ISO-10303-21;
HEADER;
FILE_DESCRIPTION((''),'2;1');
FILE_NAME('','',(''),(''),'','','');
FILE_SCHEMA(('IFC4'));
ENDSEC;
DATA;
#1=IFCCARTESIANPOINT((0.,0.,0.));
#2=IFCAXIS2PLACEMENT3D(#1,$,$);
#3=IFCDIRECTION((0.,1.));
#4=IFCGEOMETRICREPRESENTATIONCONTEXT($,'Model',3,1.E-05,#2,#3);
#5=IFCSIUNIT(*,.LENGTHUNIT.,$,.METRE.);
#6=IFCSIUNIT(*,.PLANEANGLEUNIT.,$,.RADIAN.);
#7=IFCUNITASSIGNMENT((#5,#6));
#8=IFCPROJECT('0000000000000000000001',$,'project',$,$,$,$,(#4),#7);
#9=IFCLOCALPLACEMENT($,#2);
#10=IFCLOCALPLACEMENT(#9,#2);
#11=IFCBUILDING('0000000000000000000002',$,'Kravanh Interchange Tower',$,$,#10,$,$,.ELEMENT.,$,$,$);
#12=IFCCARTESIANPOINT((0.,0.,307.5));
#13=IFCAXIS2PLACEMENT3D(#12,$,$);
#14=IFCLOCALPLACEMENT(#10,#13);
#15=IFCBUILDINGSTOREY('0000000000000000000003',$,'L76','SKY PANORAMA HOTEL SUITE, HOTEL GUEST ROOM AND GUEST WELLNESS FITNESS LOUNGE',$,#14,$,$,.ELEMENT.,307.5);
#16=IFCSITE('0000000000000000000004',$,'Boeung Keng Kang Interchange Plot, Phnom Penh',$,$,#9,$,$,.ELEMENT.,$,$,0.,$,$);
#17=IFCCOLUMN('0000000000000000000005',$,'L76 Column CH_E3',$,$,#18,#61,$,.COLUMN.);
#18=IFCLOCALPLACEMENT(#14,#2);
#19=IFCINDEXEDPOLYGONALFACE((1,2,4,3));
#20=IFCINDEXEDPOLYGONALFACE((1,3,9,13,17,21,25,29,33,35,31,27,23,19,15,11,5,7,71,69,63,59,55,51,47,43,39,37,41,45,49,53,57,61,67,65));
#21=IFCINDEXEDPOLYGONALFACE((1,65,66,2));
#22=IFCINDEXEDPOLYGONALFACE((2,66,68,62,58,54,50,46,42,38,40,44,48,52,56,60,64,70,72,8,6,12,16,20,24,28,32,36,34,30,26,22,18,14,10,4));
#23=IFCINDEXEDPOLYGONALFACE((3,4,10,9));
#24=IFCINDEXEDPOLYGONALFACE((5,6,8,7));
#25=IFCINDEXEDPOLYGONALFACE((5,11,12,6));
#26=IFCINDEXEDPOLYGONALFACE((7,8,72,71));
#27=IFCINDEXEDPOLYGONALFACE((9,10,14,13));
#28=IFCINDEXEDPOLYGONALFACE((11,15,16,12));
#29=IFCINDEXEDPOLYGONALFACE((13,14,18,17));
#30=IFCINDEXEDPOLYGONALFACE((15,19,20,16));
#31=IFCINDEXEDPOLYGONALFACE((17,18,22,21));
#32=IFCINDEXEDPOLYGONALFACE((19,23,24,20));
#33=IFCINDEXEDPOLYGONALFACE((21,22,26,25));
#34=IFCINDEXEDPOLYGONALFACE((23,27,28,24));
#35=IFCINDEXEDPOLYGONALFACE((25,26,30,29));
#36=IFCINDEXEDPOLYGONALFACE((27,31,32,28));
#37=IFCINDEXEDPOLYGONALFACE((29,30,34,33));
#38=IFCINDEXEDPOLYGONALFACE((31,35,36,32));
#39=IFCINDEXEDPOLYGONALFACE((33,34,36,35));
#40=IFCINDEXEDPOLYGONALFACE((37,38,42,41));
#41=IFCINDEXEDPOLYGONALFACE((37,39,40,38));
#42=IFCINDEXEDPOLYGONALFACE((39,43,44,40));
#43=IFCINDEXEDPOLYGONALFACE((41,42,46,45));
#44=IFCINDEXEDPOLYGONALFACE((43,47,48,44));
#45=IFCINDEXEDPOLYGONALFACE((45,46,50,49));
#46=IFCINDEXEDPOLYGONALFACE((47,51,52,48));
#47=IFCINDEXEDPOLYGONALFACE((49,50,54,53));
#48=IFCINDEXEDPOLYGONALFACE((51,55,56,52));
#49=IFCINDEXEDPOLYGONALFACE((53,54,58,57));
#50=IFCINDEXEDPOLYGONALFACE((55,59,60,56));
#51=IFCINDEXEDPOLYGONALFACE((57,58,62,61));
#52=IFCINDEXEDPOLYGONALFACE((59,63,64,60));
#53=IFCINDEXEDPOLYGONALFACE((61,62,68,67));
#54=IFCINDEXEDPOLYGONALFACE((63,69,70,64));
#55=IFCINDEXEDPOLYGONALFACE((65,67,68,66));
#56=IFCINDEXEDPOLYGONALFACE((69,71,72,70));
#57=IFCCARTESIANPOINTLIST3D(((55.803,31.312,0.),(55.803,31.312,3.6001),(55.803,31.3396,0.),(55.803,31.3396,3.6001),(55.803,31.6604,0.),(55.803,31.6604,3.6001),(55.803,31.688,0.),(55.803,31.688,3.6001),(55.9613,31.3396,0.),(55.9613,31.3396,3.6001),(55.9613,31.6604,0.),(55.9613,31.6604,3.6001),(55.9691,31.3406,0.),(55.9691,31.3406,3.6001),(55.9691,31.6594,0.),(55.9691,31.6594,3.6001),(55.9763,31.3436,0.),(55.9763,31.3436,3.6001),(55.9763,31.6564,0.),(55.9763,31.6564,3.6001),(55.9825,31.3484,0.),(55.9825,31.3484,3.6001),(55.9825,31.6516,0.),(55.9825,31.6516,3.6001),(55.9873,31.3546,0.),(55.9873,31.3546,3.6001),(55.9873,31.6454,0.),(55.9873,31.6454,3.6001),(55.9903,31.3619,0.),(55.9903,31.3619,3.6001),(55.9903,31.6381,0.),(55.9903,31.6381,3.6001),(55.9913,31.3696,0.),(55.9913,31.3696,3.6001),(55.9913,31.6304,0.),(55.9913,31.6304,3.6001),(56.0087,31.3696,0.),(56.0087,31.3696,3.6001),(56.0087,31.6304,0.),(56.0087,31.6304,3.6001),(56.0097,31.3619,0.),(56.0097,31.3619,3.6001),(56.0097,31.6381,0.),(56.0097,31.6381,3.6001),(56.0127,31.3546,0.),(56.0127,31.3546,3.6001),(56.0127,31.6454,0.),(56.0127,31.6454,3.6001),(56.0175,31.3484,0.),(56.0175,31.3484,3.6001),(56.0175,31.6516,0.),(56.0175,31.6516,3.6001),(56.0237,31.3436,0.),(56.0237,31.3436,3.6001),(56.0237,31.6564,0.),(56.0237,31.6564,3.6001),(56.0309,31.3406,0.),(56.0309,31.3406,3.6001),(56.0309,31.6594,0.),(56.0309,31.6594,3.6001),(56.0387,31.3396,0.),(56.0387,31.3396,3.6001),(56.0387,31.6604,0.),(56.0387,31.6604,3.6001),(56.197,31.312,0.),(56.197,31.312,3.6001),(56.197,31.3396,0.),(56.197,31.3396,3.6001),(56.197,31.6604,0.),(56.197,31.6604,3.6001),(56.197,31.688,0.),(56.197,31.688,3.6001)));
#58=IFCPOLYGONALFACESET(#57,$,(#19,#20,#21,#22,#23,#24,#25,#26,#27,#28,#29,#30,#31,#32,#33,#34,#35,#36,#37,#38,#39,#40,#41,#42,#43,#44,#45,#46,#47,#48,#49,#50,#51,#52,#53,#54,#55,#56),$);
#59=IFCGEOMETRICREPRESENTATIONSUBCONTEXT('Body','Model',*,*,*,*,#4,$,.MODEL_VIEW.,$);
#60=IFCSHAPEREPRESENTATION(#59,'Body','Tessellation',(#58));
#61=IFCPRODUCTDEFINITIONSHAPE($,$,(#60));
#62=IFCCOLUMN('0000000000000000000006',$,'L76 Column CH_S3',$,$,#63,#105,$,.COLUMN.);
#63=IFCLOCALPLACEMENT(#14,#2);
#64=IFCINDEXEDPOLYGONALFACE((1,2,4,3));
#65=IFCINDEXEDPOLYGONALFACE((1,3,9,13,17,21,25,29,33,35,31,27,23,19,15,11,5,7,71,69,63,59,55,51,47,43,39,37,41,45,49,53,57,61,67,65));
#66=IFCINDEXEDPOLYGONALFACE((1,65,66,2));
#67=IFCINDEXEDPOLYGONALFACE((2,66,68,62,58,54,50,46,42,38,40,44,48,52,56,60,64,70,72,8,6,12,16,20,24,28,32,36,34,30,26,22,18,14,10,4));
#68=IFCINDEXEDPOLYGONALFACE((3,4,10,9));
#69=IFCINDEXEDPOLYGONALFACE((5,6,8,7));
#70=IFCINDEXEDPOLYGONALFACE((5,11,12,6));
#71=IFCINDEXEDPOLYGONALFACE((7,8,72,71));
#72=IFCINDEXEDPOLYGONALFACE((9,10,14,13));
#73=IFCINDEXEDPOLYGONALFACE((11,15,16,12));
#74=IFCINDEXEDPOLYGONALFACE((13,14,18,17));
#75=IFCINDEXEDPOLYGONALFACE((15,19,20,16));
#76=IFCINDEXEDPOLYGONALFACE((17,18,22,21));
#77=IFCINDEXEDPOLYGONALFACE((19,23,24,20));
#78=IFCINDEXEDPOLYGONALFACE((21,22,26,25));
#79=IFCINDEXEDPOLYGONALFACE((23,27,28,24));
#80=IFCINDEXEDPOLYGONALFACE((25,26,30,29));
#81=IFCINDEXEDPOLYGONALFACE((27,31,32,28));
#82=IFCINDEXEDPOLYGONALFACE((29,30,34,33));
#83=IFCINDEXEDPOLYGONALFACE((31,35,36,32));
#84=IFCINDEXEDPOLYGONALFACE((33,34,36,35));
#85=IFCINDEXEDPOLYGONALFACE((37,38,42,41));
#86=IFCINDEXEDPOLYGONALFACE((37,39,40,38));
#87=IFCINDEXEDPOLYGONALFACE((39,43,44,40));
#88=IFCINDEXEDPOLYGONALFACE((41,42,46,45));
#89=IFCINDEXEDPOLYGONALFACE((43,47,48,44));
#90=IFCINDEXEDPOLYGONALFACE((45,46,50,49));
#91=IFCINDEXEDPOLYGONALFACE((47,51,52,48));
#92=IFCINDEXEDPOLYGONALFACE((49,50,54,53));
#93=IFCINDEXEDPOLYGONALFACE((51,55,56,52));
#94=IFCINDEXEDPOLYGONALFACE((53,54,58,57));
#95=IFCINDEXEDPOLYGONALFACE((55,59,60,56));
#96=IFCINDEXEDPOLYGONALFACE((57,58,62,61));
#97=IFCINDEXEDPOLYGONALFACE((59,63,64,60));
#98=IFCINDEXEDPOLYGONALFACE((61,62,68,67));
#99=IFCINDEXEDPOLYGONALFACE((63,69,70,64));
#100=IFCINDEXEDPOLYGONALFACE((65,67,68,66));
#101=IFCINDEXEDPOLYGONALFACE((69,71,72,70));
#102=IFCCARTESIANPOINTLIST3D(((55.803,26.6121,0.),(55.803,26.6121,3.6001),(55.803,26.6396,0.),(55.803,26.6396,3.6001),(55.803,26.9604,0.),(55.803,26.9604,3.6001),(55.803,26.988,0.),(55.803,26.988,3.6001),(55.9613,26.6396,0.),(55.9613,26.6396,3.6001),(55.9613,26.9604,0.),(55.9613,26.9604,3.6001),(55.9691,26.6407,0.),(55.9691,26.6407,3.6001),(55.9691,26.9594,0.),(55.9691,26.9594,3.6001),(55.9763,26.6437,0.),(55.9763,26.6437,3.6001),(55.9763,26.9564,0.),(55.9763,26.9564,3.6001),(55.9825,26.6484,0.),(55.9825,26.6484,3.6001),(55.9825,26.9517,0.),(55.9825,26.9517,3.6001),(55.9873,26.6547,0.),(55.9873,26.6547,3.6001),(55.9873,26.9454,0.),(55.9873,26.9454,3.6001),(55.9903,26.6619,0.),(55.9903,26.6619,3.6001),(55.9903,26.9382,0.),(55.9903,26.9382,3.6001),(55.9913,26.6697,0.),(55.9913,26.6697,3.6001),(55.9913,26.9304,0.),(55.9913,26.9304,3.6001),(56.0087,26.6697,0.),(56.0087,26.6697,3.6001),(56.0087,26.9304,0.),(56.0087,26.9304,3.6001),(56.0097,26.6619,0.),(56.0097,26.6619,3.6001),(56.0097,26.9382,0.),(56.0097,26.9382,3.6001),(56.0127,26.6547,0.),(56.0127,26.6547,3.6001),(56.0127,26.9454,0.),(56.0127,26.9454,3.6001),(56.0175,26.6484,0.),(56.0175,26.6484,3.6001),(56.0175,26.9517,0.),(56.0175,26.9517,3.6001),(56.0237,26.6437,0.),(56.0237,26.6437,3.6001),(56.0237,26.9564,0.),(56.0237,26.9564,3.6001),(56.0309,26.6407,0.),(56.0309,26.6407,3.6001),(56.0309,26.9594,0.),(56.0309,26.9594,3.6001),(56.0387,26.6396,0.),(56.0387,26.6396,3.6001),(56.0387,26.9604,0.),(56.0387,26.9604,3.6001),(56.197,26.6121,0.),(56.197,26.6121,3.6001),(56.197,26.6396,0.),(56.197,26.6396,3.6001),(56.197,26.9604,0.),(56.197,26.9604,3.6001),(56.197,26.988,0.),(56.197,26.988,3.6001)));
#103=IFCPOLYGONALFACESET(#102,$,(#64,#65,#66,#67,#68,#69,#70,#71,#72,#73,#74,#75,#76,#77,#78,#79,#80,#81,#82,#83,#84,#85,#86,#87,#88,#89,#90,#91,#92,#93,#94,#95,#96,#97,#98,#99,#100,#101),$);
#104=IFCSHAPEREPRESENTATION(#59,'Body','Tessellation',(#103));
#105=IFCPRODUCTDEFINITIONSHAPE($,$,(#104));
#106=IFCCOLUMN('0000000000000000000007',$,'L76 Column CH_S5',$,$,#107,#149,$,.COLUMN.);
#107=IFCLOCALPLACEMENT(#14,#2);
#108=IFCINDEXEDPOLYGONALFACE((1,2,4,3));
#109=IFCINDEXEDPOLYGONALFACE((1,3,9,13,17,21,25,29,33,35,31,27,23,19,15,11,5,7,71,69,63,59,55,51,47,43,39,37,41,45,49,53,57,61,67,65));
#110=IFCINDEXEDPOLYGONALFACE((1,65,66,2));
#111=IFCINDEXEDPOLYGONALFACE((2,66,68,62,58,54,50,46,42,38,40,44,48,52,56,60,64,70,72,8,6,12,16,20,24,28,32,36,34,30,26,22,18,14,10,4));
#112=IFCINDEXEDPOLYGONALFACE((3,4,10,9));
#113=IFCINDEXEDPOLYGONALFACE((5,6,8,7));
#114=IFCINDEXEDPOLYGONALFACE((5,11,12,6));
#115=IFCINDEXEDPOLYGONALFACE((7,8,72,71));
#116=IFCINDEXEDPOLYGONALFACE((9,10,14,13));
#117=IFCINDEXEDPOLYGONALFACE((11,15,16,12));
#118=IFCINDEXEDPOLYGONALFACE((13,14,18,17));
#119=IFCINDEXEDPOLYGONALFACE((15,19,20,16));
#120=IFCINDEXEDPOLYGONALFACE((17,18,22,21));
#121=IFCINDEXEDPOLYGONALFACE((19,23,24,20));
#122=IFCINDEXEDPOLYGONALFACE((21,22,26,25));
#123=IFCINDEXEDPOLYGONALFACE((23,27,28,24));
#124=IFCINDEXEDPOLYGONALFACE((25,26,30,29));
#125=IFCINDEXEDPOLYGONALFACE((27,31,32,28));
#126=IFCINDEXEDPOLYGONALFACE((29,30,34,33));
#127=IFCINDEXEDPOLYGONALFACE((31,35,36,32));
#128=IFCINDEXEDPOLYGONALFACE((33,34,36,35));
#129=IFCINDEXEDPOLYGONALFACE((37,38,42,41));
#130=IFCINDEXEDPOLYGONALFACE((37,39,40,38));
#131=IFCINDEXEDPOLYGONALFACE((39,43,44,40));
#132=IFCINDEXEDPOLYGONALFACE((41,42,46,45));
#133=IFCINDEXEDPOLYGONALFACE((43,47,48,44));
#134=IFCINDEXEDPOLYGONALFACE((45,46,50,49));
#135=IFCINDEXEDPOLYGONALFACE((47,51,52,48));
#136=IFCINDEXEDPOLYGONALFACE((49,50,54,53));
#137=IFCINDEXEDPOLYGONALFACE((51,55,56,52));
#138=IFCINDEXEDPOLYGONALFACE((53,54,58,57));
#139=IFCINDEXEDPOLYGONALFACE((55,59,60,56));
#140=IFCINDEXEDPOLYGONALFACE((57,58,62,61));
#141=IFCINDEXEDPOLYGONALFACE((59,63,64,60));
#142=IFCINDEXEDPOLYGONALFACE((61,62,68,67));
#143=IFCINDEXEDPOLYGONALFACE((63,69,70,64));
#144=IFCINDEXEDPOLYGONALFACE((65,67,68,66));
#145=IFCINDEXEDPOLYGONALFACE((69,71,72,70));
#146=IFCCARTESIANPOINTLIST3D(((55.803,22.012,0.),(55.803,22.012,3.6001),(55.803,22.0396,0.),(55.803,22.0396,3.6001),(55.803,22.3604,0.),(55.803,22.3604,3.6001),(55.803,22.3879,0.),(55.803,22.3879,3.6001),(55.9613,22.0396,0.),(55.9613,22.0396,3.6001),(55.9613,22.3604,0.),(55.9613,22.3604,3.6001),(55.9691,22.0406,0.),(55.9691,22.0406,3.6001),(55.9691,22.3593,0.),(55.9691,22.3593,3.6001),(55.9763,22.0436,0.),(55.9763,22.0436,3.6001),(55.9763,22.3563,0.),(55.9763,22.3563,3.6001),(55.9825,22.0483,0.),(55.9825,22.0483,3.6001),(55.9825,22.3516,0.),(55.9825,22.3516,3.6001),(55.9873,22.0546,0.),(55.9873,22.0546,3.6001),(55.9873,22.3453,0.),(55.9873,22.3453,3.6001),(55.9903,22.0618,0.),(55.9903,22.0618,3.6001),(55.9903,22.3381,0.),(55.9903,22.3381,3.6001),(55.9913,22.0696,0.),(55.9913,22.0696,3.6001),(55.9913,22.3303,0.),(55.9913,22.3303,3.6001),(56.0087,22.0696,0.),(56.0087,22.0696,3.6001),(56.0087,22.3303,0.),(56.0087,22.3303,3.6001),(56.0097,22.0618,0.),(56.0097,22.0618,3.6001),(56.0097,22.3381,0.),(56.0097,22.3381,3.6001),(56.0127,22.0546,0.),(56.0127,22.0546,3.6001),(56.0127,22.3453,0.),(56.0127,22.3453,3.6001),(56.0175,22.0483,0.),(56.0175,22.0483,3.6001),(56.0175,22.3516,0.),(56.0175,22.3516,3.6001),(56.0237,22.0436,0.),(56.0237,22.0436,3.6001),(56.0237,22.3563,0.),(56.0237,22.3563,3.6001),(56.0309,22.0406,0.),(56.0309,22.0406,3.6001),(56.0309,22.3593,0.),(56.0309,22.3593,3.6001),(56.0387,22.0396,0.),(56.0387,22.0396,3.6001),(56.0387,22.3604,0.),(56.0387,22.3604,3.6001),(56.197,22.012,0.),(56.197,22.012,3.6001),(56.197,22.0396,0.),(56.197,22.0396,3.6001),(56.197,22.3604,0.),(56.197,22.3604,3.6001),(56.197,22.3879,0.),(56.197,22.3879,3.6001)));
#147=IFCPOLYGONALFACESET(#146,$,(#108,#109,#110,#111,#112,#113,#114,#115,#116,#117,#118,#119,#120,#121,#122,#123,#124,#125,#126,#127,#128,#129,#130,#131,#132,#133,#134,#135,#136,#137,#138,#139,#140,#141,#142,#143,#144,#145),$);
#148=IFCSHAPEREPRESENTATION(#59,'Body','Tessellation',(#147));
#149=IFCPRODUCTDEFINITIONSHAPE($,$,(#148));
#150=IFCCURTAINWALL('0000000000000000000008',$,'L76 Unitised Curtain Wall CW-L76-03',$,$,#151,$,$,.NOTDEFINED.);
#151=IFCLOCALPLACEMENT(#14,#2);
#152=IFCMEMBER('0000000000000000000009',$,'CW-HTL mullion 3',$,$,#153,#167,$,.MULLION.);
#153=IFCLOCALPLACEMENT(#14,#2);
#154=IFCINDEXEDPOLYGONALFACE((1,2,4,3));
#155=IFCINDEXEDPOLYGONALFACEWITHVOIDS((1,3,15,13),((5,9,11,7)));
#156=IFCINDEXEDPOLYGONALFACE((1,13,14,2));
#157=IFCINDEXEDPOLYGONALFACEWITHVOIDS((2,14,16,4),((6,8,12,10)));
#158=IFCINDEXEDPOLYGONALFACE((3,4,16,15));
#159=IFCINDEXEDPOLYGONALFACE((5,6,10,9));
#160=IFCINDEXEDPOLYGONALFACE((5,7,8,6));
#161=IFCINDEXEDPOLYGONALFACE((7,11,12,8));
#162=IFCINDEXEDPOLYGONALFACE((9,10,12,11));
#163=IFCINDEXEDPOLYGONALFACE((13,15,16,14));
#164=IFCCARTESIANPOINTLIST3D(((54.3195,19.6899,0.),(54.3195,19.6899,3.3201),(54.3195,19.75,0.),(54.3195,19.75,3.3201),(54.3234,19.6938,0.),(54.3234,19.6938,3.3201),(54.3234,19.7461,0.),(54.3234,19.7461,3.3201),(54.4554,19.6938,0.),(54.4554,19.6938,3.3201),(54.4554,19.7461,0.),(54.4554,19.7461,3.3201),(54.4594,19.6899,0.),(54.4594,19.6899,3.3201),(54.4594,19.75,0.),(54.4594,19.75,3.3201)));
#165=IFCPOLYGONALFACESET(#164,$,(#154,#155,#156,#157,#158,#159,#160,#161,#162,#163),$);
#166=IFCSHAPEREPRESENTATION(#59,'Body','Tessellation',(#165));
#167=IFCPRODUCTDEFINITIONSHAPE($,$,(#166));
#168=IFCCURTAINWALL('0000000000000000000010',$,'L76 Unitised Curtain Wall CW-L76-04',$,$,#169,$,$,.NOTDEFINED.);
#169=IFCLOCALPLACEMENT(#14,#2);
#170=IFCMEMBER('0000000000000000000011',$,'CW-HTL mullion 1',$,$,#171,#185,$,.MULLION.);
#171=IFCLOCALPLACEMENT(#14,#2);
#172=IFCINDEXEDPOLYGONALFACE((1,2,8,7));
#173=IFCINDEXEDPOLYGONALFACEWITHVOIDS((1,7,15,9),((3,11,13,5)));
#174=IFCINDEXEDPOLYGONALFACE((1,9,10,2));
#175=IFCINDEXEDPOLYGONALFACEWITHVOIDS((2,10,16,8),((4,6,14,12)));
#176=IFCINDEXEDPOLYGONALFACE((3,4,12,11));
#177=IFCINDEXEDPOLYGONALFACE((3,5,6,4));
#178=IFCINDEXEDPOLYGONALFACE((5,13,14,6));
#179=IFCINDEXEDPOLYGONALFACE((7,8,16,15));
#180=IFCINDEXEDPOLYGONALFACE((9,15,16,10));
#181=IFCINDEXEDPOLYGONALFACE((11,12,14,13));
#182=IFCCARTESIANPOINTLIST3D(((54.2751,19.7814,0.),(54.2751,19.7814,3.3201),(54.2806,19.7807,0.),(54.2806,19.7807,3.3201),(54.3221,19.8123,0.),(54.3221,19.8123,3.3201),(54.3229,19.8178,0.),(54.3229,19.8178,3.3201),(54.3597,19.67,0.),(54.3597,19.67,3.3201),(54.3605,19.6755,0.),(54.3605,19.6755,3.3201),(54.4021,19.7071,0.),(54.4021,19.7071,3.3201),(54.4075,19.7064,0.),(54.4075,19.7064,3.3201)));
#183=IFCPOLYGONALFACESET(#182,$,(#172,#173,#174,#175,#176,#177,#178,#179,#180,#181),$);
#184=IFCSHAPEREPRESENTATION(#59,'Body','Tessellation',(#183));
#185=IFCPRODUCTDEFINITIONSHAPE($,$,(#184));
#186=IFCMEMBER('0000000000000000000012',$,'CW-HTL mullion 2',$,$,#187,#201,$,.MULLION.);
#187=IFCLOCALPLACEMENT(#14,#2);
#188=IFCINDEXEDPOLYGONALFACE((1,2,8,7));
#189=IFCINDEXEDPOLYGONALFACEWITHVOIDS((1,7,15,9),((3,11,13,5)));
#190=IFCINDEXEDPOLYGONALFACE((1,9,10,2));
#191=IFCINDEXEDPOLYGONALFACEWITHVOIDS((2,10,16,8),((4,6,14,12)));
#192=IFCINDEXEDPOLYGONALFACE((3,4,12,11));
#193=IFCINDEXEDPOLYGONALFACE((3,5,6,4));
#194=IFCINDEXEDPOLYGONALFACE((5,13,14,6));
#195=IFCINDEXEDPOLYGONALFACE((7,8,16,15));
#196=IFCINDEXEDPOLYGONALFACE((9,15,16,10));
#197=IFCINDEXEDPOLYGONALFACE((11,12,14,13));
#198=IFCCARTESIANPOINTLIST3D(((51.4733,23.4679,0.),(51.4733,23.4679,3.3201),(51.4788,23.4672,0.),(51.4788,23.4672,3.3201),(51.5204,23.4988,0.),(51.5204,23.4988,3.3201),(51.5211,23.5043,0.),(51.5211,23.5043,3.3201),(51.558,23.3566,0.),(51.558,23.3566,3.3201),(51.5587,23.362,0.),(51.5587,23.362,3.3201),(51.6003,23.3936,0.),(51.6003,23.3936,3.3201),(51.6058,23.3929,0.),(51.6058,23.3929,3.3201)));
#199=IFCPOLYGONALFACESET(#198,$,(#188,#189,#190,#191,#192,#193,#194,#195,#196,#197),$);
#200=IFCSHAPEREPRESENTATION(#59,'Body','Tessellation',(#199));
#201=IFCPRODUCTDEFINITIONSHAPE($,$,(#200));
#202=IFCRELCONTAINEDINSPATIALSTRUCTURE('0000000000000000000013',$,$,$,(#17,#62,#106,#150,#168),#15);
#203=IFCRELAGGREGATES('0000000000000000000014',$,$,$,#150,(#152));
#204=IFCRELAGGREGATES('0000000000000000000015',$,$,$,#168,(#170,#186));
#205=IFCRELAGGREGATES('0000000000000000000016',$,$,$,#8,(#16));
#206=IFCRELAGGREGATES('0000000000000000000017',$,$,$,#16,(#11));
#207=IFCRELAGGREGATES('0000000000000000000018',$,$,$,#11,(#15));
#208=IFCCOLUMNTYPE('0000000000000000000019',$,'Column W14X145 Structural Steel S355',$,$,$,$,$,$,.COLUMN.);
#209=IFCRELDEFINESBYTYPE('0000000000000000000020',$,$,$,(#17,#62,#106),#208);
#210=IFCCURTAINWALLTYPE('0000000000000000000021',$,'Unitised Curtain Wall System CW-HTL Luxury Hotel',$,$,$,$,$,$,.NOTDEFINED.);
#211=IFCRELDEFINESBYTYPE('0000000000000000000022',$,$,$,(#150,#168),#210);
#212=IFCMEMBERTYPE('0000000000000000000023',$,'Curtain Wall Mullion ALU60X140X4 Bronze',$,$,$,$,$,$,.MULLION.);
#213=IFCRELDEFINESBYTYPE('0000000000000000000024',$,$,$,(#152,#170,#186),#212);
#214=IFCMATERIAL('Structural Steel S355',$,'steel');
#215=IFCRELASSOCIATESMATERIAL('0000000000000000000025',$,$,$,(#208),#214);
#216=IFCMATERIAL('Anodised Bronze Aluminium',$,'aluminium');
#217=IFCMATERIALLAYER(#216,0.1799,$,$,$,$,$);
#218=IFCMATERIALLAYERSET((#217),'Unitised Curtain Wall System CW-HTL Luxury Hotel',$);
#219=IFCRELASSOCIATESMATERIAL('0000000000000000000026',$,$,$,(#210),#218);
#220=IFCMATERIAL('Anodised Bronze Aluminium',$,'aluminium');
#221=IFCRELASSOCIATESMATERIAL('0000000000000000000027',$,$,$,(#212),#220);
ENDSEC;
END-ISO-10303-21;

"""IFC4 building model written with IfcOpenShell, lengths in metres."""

from ifc_helpers import new_model, si_unit, direction, frame, origin, origin_2d, place, context, subcontext, project, spatial, hollow_rectangle, i_section, extrude, material, layer, layer_set, material_profile, profile_set, type_object, element, aggregate, save


model = new_model("IFC4")

# Units and contexts
model_context = context("Model", 3, precision=1e-05, world=origin(), true_north=direction((0.0, 1.0)))
body_context = subcontext(model_context, "Body", "Model", "MODEL_VIEW")
ifc_project = project(units=[si_unit("LENGTHUNIT", "METRE"), si_unit("PLANEANGLEUNIT", "RADIAN")], contexts=[model_context])

# Site, building, storey
site_placement = place(None, origin())
site = spatial("IfcSite", under=ifc_project, at=site_placement, Name="Boeung Keng Kang Interchange Plot, Phnom Penh", CompositionType="ELEMENT", RefElevation=0.0)
building_placement = place(site_placement, origin())
building = spatial("IfcBuilding", under=site, at=building_placement, Name="Kravanh Interchange Tower", CompositionType="ELEMENT")
storey_placement = place(building_placement, frame((0.0, 0.0, 307.5)))
storey = spatial("IfcBuildingStorey", under=building, at=storey_placement, Name="L76", Description="SKY PANORAMA HOTEL SUITE, HOTEL GUEST ROOM AND GUEST WELLNESS FITNESS LOUNGE", CompositionType="ELEMENT", Elevation=307.5)

# Columns
ifc_material_1 = material(Name="Structural Steel S355", Category="steel")
ifc_material_profile_1 = material_profile(ifc_material_1, i_section(OverallWidth=0.394, OverallDepth=0.376, WebThickness=0.0173, FlangeThickness=0.0276, FilletRadius=0.03, at=origin_2d()), Name="W14X145")
ifc_profile_set_1 = profile_set([ifc_material_profile_1], Name="Structural Steel S355")
column_type = type_object("IfcColumnType", Name="Column W14X145 Structural Steel S355", PredefinedType="COLUMN", material=ifc_profile_set_1)
for number, where, z_axis, x_axis, name in (
    (1, (56.0, 31.5, 0.0), (0.0, 0.0, 1.0), (1.0, 0.0, 0.0), "L76 Column CH_E3"),
    (2, (56.0, 26.8, 0.0), (0.0, 0.0, 1.0), (1.0, 0.0, 0.0), "L76 Column CH_S3"),
    (3, (56.0, 22.2, 0.0), (0.0, 0.0, 1.0), (1.0, 0.0, 0.0), "L76 Column CH_S5"),
):
    element("IfcColumn", number, at=place(storey_placement, frame(where, z_axis=z_axis, x_axis=x_axis)), inside=storey, type_object=column_type, Name=name, PredefinedType="COLUMN", context=body_context, shape_type="SweptSolid", body=[
        extrude(i_section(OverallWidth=0.394, OverallDepth=0.376, WebThickness=0.0173, FlangeThickness=0.0276, FilletRadius=0.03, at=origin_2d()), origin(), (0.0, 0.0, 1.0), 3.6001),
    ])

# Curtain wall, member
ifc_material_2 = material(Name="Anodised Bronze Aluminium", Category="aluminium")
ifc_layer_1 = layer(ifc_material_2, 0.1799)
ifc_layer_set_1 = layer_set([ifc_layer_1], Name="Unitised Curtain Wall System CW-HTL Luxury Hotel")
curtain_wall_type = type_object("IfcCurtainWallType", Name="Unitised Curtain Wall System CW-HTL Luxury Hotel", PredefinedType="NOTDEFINED", material=ifc_layer_set_1)
curtain_wall_1_placement = place(storey_placement, origin())
curtain_wall_1 = element("IfcCurtainWall", 4, at=curtain_wall_1_placement, inside=storey, type_object=curtain_wall_type, Name="L76 Unitised Curtain Wall CW-L76-03", PredefinedType="NOTDEFINED")
ifc_material_3 = material(Name="Anodised Bronze Aluminium", Category="aluminium")
ifc_material_profile_2 = material_profile(ifc_material_3, hollow_rectangle(XDim=0.0601, YDim=0.1399, WallThickness=0.0039, at=origin_2d()), Name="ALU60X140X4")
ifc_profile_set_2 = profile_set([ifc_material_profile_2], Name="Anodised Bronze Aluminium")
member_type_1 = type_object("IfcMemberType", Name="Curtain Wall Mullion ALU60X140X4 Bronze", PredefinedType="MULLION", material=ifc_profile_set_2)
member_1_placement = place(storey_placement, frame((54.3894, 19.72, 0.0), z_axis=(0.0, 0.0, 1.0), x_axis=(0.0, -1.0, 0.0)))
member_1 = element("IfcMember", 5, at=member_1_placement, type_object=member_type_1, Name="CW-HTL mullion 3", PredefinedType="MULLION", context=body_context, shape_type="SweptSolid", body=[
    extrude(hollow_rectangle(XDim=0.0601, YDim=0.1399, WallThickness=0.0039, at=origin_2d()), origin(), (0.0, 0.0, 1.0), 3.3201),
])

# Curtain wall, members
curtain_wall_2_placement = place(storey_placement, origin())
curtain_wall_2 = element("IfcCurtainWall", 6, at=curtain_wall_2_placement, inside=storey, type_object=curtain_wall_type, Name="L76 Unitised Curtain Wall CW-L76-04", PredefinedType="NOTDEFINED")
member_2_placement = place(storey_placement, frame((54.3413, 19.7439, 0.0), z_axis=(0.0, 0.0, 1.0), x_axis=(-0.796162, -0.605084, 0.0)))
member_2 = element("IfcMember", 7, at=member_2_placement, type_object=member_type_1, Name="CW-HTL mullion 1", PredefinedType="MULLION", context=body_context, shape_type="SweptSolid", body=[
    extrude(hollow_rectangle(XDim=0.0601, YDim=0.1399, WallThickness=0.0039, at=origin_2d()), origin(), (0.0, 0.0, 1.0), 3.3201),
])
member_3_placement = place(storey_placement, frame((51.5396, 23.4304, 0.0), z_axis=(0.0, 0.0, 1.0), x_axis=(-0.796162, -0.605084, 0.0)))
member_3 = element("IfcMember", 8, at=member_3_placement, type_object=member_type_1, Name="CW-HTL mullion 2", PredefinedType="MULLION", context=body_context, shape_type="SweptSolid", body=[
    extrude(hollow_rectangle(XDim=0.0601, YDim=0.1399, WallThickness=0.0039, at=origin_2d()), origin(), (0.0, 0.0, 1.0), 3.3201),
])

aggregate(curtain_wall_1, [member_1])
aggregate(curtain_wall_2, [member_2, member_3])

save(model, "model.ifc")
